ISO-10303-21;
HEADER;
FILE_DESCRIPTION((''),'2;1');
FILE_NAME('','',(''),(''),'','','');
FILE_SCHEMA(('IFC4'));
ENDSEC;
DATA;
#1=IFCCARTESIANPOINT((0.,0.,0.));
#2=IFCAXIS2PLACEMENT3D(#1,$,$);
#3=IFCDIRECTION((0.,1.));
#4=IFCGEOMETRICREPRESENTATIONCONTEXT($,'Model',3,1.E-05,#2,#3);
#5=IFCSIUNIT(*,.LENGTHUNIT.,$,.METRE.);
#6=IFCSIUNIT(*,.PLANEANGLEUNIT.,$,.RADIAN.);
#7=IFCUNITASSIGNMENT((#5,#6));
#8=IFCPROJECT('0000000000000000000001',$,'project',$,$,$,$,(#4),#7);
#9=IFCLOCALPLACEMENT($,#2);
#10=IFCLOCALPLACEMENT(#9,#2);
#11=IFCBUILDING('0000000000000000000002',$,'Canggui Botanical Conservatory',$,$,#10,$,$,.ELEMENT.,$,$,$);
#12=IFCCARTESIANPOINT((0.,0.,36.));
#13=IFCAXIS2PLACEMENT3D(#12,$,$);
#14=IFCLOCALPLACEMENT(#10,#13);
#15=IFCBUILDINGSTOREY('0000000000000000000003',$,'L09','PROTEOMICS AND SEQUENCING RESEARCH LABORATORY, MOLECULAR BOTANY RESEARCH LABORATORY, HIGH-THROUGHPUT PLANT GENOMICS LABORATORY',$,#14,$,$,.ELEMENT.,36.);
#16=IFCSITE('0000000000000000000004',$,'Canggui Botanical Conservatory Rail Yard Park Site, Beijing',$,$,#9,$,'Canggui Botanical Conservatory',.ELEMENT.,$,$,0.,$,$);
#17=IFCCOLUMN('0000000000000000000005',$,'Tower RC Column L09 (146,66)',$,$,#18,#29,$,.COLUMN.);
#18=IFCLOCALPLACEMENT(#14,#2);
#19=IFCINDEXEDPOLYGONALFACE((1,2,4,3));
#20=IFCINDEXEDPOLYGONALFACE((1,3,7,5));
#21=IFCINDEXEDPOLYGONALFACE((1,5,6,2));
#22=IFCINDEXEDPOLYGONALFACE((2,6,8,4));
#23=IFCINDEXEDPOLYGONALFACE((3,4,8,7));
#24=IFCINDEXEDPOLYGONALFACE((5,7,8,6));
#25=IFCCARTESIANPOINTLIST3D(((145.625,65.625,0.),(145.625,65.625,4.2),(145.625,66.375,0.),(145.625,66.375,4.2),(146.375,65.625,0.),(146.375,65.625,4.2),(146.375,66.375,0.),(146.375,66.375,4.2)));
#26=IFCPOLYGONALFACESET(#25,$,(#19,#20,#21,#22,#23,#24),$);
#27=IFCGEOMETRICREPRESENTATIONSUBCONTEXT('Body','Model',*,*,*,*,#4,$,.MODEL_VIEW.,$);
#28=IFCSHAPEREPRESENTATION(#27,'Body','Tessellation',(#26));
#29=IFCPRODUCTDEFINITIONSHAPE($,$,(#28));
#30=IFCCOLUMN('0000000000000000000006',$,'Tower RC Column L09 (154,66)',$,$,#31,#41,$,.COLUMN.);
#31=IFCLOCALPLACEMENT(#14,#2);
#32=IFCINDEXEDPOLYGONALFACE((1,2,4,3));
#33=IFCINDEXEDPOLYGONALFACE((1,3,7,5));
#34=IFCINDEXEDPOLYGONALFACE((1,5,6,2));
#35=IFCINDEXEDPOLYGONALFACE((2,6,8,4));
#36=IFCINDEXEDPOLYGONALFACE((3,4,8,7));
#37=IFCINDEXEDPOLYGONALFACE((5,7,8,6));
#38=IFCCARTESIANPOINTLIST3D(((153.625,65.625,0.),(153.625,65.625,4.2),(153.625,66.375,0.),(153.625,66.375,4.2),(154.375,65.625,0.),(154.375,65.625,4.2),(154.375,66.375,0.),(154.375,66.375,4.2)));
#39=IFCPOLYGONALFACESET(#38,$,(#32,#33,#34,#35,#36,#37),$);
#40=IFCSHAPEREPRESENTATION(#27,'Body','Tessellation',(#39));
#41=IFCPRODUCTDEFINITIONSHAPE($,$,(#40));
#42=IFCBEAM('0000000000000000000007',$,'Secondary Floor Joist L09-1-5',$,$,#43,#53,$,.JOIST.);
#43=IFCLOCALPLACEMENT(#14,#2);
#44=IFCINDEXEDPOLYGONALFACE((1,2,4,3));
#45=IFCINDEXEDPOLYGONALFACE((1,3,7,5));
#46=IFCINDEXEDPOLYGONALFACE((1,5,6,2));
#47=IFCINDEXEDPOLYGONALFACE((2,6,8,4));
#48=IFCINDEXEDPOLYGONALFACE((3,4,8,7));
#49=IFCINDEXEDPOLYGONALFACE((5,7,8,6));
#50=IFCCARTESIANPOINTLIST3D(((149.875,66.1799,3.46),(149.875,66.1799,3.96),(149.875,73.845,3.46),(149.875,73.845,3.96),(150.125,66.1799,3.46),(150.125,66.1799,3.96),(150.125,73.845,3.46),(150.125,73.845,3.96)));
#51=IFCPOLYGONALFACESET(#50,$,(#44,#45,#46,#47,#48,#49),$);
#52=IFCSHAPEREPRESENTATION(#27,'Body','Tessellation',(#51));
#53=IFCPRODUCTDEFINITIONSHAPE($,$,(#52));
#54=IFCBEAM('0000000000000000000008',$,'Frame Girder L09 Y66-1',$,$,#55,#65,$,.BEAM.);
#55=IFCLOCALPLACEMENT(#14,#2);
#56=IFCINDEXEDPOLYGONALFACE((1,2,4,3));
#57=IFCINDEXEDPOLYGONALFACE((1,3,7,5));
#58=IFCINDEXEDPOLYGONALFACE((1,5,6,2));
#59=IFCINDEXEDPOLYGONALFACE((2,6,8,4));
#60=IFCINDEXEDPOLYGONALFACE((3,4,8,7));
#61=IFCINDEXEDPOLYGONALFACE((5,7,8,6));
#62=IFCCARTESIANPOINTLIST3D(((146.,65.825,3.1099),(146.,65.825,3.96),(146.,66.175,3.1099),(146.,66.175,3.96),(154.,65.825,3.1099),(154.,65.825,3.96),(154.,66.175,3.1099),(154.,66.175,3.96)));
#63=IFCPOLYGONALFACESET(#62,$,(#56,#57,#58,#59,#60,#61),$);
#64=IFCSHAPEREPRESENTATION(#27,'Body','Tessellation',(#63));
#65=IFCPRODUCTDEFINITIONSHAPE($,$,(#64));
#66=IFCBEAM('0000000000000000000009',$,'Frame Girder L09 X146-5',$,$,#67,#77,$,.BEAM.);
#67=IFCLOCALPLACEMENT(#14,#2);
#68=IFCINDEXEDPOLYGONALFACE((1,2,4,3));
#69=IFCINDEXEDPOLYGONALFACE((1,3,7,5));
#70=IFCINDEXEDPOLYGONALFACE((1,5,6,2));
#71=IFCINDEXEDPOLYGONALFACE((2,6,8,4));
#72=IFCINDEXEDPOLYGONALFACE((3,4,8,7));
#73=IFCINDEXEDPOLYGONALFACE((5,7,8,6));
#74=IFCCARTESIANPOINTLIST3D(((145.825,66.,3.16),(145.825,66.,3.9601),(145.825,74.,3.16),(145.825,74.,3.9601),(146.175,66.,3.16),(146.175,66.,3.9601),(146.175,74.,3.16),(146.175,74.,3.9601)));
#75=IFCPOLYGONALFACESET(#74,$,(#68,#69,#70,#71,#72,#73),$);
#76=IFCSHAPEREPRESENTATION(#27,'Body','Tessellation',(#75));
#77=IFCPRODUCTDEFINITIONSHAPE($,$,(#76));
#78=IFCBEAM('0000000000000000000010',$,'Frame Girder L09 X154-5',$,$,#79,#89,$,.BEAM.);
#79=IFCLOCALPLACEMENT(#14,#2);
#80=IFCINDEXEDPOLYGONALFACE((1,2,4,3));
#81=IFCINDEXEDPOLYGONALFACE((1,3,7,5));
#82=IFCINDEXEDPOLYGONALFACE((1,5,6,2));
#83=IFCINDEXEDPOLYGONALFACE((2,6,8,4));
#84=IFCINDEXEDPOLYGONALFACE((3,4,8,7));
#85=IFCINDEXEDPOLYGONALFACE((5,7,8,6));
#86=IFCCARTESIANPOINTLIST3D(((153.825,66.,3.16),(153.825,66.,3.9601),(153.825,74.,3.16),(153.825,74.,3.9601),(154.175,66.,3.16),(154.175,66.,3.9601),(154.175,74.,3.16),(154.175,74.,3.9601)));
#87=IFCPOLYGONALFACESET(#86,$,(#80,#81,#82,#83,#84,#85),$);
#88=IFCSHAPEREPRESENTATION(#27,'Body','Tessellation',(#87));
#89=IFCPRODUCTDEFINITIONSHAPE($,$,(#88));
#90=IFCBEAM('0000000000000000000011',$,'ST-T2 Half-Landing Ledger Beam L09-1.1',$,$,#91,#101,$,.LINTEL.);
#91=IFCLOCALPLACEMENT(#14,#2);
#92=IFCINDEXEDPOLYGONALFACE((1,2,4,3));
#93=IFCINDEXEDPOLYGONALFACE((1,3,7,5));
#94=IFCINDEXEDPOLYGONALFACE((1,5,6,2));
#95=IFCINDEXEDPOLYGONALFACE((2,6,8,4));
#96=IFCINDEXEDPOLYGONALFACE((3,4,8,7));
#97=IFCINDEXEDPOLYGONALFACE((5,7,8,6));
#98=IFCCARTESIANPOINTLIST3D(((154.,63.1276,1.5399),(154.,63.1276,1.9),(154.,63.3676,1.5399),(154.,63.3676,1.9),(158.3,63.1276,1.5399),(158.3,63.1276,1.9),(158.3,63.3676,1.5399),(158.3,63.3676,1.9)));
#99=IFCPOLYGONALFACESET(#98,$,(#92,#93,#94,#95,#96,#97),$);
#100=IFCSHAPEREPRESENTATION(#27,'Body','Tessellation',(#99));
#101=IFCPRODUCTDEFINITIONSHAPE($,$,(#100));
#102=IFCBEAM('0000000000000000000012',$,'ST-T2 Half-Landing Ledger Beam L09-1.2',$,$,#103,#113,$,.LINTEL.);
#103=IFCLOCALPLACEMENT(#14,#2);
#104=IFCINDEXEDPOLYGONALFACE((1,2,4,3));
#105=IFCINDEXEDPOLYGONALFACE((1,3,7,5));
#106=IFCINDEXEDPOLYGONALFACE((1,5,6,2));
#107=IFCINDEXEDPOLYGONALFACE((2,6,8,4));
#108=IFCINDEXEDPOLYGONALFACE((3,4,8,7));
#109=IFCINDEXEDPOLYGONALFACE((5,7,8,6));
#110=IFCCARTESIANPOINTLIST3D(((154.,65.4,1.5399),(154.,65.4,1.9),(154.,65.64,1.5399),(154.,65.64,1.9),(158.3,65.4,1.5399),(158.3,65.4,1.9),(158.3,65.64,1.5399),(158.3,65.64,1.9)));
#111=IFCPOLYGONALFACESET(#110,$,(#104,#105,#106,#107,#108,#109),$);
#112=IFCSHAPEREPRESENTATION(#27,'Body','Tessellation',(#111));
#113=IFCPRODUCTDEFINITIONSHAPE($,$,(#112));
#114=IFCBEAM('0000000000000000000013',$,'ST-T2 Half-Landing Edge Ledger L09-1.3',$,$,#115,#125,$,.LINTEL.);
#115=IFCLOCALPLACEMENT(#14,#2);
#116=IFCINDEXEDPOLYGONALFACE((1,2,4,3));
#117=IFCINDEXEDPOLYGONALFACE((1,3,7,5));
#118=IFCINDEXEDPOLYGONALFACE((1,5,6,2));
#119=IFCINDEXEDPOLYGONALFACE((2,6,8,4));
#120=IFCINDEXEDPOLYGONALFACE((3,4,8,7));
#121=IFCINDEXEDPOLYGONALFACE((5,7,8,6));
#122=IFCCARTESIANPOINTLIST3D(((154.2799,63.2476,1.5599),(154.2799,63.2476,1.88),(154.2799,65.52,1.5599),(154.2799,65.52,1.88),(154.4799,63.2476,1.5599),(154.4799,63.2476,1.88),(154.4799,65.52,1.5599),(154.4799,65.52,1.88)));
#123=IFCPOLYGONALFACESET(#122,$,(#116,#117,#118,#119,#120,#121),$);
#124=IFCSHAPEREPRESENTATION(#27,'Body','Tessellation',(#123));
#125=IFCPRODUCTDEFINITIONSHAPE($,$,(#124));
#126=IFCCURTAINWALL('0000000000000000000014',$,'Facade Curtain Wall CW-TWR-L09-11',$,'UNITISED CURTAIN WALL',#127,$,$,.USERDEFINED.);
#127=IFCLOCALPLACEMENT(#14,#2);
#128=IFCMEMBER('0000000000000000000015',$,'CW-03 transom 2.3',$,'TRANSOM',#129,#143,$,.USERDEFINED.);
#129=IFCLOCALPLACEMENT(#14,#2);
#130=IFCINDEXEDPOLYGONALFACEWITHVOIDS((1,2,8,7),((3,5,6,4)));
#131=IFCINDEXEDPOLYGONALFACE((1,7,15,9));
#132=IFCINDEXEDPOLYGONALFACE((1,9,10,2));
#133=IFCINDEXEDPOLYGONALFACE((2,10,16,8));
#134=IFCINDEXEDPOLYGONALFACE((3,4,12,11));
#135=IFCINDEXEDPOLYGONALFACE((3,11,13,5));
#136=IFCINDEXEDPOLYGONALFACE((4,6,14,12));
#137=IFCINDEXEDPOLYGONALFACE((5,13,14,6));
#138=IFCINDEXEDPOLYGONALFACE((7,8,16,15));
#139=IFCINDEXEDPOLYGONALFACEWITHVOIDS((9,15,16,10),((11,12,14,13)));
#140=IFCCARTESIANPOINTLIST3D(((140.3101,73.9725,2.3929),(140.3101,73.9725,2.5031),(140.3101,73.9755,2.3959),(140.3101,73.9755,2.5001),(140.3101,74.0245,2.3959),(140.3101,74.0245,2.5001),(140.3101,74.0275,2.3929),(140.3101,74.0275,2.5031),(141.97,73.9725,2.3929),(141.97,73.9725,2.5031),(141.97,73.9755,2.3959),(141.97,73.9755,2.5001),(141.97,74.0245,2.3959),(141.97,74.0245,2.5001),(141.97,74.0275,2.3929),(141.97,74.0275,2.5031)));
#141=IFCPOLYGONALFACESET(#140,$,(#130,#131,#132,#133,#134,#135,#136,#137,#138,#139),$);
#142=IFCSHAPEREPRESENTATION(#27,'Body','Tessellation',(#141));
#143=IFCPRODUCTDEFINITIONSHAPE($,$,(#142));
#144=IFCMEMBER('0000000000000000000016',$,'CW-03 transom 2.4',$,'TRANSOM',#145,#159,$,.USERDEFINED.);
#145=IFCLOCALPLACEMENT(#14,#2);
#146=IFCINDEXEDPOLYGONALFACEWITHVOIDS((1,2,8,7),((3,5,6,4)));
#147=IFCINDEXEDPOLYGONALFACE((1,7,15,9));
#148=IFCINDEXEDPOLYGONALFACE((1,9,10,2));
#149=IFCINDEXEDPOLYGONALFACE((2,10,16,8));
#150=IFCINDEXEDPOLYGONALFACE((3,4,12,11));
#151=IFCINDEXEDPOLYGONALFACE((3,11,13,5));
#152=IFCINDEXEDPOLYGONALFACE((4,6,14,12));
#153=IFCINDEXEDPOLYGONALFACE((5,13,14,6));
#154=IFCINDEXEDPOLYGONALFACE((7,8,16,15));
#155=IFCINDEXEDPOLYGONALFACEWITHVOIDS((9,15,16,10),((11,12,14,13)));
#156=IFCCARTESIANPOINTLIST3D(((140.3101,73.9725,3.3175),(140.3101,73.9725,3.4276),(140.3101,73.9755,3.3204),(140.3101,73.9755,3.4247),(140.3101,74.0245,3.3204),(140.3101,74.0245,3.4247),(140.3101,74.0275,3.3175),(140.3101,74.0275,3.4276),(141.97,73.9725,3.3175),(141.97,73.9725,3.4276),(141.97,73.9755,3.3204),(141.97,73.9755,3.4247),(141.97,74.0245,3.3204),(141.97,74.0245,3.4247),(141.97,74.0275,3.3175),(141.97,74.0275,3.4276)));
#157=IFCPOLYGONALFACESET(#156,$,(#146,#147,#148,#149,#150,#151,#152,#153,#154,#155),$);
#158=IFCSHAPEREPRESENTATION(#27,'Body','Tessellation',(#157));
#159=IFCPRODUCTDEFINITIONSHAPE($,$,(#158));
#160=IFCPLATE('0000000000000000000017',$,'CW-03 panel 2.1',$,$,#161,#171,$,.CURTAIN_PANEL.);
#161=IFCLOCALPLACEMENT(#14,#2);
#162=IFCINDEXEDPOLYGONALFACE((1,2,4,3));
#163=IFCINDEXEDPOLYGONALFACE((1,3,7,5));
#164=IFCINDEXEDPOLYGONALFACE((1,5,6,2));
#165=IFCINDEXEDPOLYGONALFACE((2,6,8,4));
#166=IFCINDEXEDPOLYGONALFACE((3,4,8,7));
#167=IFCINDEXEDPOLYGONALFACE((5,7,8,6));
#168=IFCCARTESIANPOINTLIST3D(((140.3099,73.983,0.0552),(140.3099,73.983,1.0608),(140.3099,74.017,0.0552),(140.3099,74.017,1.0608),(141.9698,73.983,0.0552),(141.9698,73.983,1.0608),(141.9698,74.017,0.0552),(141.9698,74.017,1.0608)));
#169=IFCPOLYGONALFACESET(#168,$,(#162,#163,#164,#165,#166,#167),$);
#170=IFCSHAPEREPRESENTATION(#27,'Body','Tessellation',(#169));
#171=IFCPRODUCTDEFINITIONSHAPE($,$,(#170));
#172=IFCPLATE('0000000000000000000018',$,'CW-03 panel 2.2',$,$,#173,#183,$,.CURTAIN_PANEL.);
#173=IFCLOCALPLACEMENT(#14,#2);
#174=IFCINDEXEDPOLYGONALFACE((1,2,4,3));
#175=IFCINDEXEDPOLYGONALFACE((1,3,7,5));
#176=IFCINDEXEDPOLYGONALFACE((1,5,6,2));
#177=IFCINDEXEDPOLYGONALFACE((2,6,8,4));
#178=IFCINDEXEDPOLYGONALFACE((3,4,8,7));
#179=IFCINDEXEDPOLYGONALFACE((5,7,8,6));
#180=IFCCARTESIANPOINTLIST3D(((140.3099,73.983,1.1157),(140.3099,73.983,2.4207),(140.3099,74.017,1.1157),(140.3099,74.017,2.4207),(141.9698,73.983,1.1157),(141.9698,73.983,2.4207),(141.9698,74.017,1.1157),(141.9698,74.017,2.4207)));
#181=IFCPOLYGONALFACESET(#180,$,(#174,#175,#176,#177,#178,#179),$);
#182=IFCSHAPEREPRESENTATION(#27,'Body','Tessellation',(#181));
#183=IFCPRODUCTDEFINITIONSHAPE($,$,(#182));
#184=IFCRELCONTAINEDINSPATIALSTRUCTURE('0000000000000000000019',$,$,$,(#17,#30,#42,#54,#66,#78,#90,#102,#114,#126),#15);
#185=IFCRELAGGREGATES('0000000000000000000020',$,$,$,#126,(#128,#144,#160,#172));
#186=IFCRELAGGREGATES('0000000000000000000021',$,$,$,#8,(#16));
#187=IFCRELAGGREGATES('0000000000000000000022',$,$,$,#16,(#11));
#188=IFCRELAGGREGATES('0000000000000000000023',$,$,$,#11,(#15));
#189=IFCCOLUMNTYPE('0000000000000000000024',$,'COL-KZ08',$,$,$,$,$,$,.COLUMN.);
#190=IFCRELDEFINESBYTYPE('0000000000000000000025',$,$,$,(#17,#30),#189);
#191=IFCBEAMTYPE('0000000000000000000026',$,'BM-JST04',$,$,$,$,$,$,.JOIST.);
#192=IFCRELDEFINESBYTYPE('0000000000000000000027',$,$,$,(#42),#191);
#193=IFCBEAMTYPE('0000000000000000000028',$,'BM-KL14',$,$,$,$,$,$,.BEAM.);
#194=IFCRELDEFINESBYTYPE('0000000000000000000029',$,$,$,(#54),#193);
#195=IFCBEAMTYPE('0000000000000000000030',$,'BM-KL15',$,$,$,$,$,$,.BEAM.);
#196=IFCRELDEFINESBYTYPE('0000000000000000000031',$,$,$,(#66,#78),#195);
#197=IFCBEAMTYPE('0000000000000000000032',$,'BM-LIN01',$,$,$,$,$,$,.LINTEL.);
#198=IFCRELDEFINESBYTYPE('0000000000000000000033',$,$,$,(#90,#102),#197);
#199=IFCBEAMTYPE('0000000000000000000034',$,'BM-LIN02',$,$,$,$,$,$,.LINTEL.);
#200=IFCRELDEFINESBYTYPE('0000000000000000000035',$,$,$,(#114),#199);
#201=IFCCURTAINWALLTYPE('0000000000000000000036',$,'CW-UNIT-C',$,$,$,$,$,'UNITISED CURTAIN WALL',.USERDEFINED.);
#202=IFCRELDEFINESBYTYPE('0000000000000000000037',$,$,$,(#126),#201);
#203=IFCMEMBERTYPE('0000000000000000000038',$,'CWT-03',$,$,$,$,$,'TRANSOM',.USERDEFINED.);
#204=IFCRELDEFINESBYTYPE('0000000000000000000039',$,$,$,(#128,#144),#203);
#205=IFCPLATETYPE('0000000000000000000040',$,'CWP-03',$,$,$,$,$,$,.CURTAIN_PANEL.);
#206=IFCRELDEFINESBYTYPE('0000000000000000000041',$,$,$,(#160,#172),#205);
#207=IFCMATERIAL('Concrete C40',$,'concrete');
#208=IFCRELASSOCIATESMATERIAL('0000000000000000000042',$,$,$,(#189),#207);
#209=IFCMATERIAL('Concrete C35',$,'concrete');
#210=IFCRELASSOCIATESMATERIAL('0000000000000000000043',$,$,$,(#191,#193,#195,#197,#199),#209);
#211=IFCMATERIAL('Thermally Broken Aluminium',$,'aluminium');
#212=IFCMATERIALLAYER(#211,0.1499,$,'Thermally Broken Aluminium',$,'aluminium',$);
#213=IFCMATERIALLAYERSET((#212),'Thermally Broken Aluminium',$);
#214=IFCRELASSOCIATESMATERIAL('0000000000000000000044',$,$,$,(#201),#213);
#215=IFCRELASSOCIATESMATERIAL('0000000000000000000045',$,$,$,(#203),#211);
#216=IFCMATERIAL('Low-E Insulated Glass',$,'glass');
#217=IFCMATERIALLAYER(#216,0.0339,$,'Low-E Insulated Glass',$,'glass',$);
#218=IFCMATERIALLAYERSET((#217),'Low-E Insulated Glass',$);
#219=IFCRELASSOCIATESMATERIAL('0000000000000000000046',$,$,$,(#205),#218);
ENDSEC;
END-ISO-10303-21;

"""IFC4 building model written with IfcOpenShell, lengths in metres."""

from ifc_helpers import new_model, si_unit, direction, frame, origin, origin_2d, place, context, subcontext, project, spatial, rectangle, hollow_rectangle, extrude, material, layer, layer_set, material_profile, profile_set, type_object, element, aggregate, save


model = new_model("IFC4")

# Units and contexts
model_context = context("Model", 3, precision=1e-05, world=origin(), true_north=direction((0.0, 1.0)))
body_context = subcontext(model_context, "Body", "Model", "MODEL_VIEW")
ifc_project = project(units=[si_unit("LENGTHUNIT", "METRE"), si_unit("PLANEANGLEUNIT", "RADIAN")], contexts=[model_context])

# Site, building, storey
site_placement = place(None, origin())
site = spatial("IfcSite", under=ifc_project, at=site_placement, Name="Canggui Botanical Conservatory Rail Yard Park Site, Beijing", LongName="Canggui Botanical Conservatory", CompositionType="ELEMENT", RefElevation=0.0)
building_placement = place(site_placement, origin())
building = spatial("IfcBuilding", under=site, at=building_placement, Name="Canggui Botanical Conservatory", CompositionType="ELEMENT")
storey_placement = place(building_placement, frame((0.0, 0.0, 36.0)))
storey = spatial("IfcBuildingStorey", under=building, at=storey_placement, Name="L09", Description="PROTEOMICS AND SEQUENCING RESEARCH LABORATORY, MOLECULAR BOTANY RESEARCH LABORATORY, HIGH-THROUGHPUT PLANT GENOMICS LABORATORY", CompositionType="ELEMENT", Elevation=36.0)

# Columns
ifc_material_1 = material(Name="Concrete C40", Category="concrete")
ifc_material_profile_1 = material_profile(ifc_material_1, rectangle(XDim=0.75, YDim=0.75, at=origin_2d()), Name="RC 750x750")
ifc_profile_set_1 = profile_set([ifc_material_profile_1], Name="Concrete C40")
column_type = type_object("IfcColumnType", Name="COL-KZ08", PredefinedType="COLUMN", material=ifc_profile_set_1)
for number, where, z_axis, x_axis, name in (
    (1, (146.0, 66.0, 0.0), (0.0, 0.0, 1.0), (1.0, 0.0, 0.0), "Tower RC Column L09 (146,66)"),
    (2, (154.0, 66.0, 0.0), (0.0, 0.0, 1.0), (1.0, 0.0, 0.0), "Tower RC Column L09 (154,66)"),
):
    element("IfcColumn", number, at=place(storey_placement, frame(where, z_axis=z_axis, x_axis=x_axis)), inside=storey, type_object=column_type, Name=name, PredefinedType="COLUMN", context=body_context, shape_type="SweptSolid", body=[
        extrude(rectangle(XDim=0.75, YDim=0.75, at=origin_2d()), origin(), (0.0, 0.0, 1.0), 4.2),
    ])

# Beams
ifc_material_2 = material(Name="Concrete C35", Category="concrete")
ifc_material_profile_2 = material_profile(ifc_material_2, rectangle(XDim=0.25, YDim=0.5, at=origin_2d()), Name="RB 250x500")
ifc_profile_set_2 = profile_set([ifc_material_profile_2], Name="Concrete C35")
beam_type_1 = type_object("IfcBeamType", Name="BM-JST04", PredefinedType="JOIST", material=ifc_profile_set_2)
beam_1_placement = place(storey_placement, frame((150.0, 66.1799, 3.71), z_axis=(0.0, 1.0, 0.0), x_axis=(-1.0, 0.0, 0.0)))
element("IfcBeam", 3, at=beam_1_placement, inside=storey, type_object=beam_type_1, Name="Secondary Floor Joist L09-1-5", PredefinedType="JOIST", context=body_context, shape_type="SweptSolid", body=[
    extrude(rectangle(XDim=0.25, YDim=0.5, at=origin_2d()), origin(), (0.0, 0.0, 1.0), 7.665),
])
ifc_material_profile_3 = material_profile(ifc_material_2, rectangle(XDim=0.3501, YDim=0.8501, at=origin_2d()), Name="RB 350x850")
ifc_profile_set_3 = profile_set([ifc_material_profile_3], Name="Concrete C35")
beam_type_2 = type_object("IfcBeamType", Name="BM-KL14", PredefinedType="BEAM", material=ifc_profile_set_3)
beam_2_placement = place(storey_placement, frame((146.0, 66.0, 3.5349), z_axis=(1.0, 0.0, 0.0), x_axis=(0.0, 1.0, 0.0)))
element("IfcBeam", 4, at=beam_2_placement, inside=storey, type_object=beam_type_2, Name="Frame Girder L09 Y66-1", PredefinedType="BEAM", context=body_context, shape_type="SweptSolid", body=[
    extrude(rectangle(XDim=0.3501, YDim=0.8501, at=origin_2d()), origin(), (0.0, 0.0, 1.0), 8.0),
])
ifc_material_profile_4 = material_profile(ifc_material_2, rectangle(XDim=0.3501, YDim=0.8, at=origin_2d()), Name="RB 350x800")
ifc_profile_set_4 = profile_set([ifc_material_profile_4], Name="Concrete C35")
beam_type_3 = type_object("IfcBeamType", Name="BM-KL15", PredefinedType="BEAM", material=ifc_profile_set_4)
for number, where, z_axis, x_axis, name in (
    (5, (146.0, 66.0, 3.5601), (0.0, 1.0, 0.0), (-1.0, 0.0, 0.0), "Frame Girder L09 X146-5"),
    (6, (154.0, 66.0, 3.5601), (0.0, 1.0, 0.0), (-1.0, 0.0, 0.0), "Frame Girder L09 X154-5"),
):
    element("IfcBeam", number, at=place(storey_placement, frame(where, z_axis=z_axis, x_axis=x_axis)), inside=storey, type_object=beam_type_3, Name=name, PredefinedType="BEAM", context=body_context, shape_type="SweptSolid", body=[
        extrude(rectangle(XDim=0.3501, YDim=0.8, at=origin_2d()), origin(), (0.0, 0.0, 1.0), 8.0),
    ])
ifc_material_profile_5 = material_profile(ifc_material_2, rectangle(XDim=0.24, YDim=0.3601, at=origin_2d()), Name="RB 240x360")
ifc_profile_set_5 = profile_set([ifc_material_profile_5], Name="Concrete C35")
beam_type_4 = type_object("IfcBeamType", Name="BM-LIN01", PredefinedType="LINTEL", material=ifc_profile_set_5)
for number, where, z_axis, x_axis, name in (
    (7, (154.0, 63.2476, 1.72), (1.0, 0.0, 0.0), (0.0, 1.0, 0.0), "ST-T2 Half-Landing Ledger Beam L09-1.1"),
    (8, (154.0, 65.52, 1.72), (1.0, 0.0, 0.0), (0.0, 1.0, 0.0), "ST-T2 Half-Landing Ledger Beam L09-1.2"),
):
    element("IfcBeam", number, at=place(storey_placement, frame(where, z_axis=z_axis, x_axis=x_axis)), inside=storey, type_object=beam_type_4, Name=name, PredefinedType="LINTEL", context=body_context, shape_type="SweptSolid", body=[
        extrude(rectangle(XDim=0.24, YDim=0.3601, at=origin_2d()), origin(), (0.0, 0.0, 1.0), 4.3),
    ])
ifc_material_profile_6 = material_profile(ifc_material_2, rectangle(XDim=0.2, YDim=0.3201, at=origin_2d()), Name="RB 200x320")
ifc_profile_set_6 = profile_set([ifc_material_profile_6], Name="Concrete C35")
beam_type_5 = type_object("IfcBeamType", Name="BM-LIN02", PredefinedType="LINTEL", material=ifc_profile_set_6)
beam_3_placement = place(storey_placement, frame((154.3799, 63.2476, 1.72), z_axis=(0.0, 1.0, 0.0), x_axis=(-1.0, 0.0, 0.0)))
element("IfcBeam", 9, at=beam_3_placement, inside=storey, type_object=beam_type_5, Name="ST-T2 Half-Landing Edge Ledger L09-1.3", PredefinedType="LINTEL", context=body_context, shape_type="SweptSolid", body=[
    extrude(rectangle(XDim=0.2, YDim=0.3201, at=origin_2d()), origin(), (0.0, 0.0, 1.0), 2.2725),
])

# Curtain wall, members, plates
ifc_material_3 = material(Name="Thermally Broken Aluminium", Category="aluminium")
ifc_layer_1 = layer(ifc_material_3, 0.1499, Name="Thermally Broken Aluminium", Category="aluminium")
ifc_layer_set_1 = layer_set([ifc_layer_1], Name="Thermally Broken Aluminium")
curtain_wall_type = type_object("IfcCurtainWallType", Name="CW-UNIT-C", ElementType="UNITISED CURTAIN WALL", PredefinedType="USERDEFINED", material=ifc_layer_set_1)
curtain_wall_placement = place(storey_placement, origin())
curtain_wall = element("IfcCurtainWall", 10, at=curtain_wall_placement, inside=storey, type_object=curtain_wall_type, Name="Facade Curtain Wall CW-TWR-L09-11", ObjectType="UNITISED CURTAIN WALL", PredefinedType="USERDEFINED")
ifc_material_profile_7 = material_profile(ifc_material_3, hollow_rectangle(XDim=0.0549, YDim=0.1101, WallThickness=0.0029, at=origin_2d()), Name="CWT 55x110x3")
ifc_profile_set_7 = profile_set([ifc_material_profile_7], Name="Thermally Broken Aluminium")
member_type = type_object("IfcMemberType", Name="CWT-03", ElementType="TRANSOM", PredefinedType="USERDEFINED", material=ifc_profile_set_7)
member_1_placement = place(storey_placement, frame((140.3101, 74.0, 2.448), z_axis=(1.0, 0.0, 0.0), x_axis=(0.0, 1.0, 0.0)))
member_1 = element("IfcMember", 11, at=member_1_placement, type_object=member_type, Name="CW-03 transom 2.3", ObjectType="TRANSOM", PredefinedType="USERDEFINED", context=body_context, shape_type="SweptSolid", body=[
    extrude(hollow_rectangle(XDim=0.0549, YDim=0.1101, WallThickness=0.0029, at=origin_2d()), origin(), (0.0, 0.0, 1.0), 1.6599),
])
member_2_placement = place(storey_placement, frame((140.3101, 74.0, 3.3726), z_axis=(1.0, 0.0, 0.0), x_axis=(0.0, 1.0, 0.0)))
member_2 = element("IfcMember", 12, at=member_2_placement, type_object=member_type, Name="CW-03 transom 2.4", ObjectType="TRANSOM", PredefinedType="USERDEFINED", context=body_context, shape_type="SweptSolid", body=[
    extrude(hollow_rectangle(XDim=0.0549, YDim=0.1101, WallThickness=0.0029, at=origin_2d()), origin(), (0.0, 0.0, 1.0), 1.6599),
])
ifc_material_4 = material(Name="Low-E Insulated Glass", Category="glass")
ifc_layer_2 = layer(ifc_material_4, 0.0339, Name="Low-E Insulated Glass", Category="glass")
ifc_layer_set_2 = layer_set([ifc_layer_2], Name="Low-E Insulated Glass")
plate_type = type_object("IfcPlateType", Name="CWP-03", PredefinedType="CURTAIN_PANEL", material=ifc_layer_set_2)
plate_1_placement = place(storey_placement, frame((141.1399, 74.0, 0.0552), z_axis=(0.0, 0.0, 1.0), x_axis=(1.0, 0.0, 0.0)))
plate_1 = element("IfcPlate", 13, at=plate_1_placement, type_object=plate_type, Name="CW-03 panel 2.1", PredefinedType="CURTAIN_PANEL", context=body_context, shape_type="SweptSolid", body=[
    extrude(rectangle(XDim=1.6599, YDim=0.0339, at=origin_2d()), origin(), (0.0, 0.0, 1.0), 1.0056),
])
plate_2_placement = place(storey_placement, frame((141.1399, 74.0, 1.1157), z_axis=(0.0, 0.0, 1.0), x_axis=(1.0, 0.0, 0.0)))
plate_2 = element("IfcPlate", 14, at=plate_2_placement, type_object=plate_type, Name="CW-03 panel 2.2", PredefinedType="CURTAIN_PANEL", context=body_context, shape_type="SweptSolid", body=[
    extrude(rectangle(XDim=1.6599, YDim=0.0339, at=origin_2d()), origin(), (0.0, 0.0, 1.0), 1.3049),
])
aggregate(curtain_wall, [member_1, member_2, plate_1, plate_2])

save(model, "model.ifc")
